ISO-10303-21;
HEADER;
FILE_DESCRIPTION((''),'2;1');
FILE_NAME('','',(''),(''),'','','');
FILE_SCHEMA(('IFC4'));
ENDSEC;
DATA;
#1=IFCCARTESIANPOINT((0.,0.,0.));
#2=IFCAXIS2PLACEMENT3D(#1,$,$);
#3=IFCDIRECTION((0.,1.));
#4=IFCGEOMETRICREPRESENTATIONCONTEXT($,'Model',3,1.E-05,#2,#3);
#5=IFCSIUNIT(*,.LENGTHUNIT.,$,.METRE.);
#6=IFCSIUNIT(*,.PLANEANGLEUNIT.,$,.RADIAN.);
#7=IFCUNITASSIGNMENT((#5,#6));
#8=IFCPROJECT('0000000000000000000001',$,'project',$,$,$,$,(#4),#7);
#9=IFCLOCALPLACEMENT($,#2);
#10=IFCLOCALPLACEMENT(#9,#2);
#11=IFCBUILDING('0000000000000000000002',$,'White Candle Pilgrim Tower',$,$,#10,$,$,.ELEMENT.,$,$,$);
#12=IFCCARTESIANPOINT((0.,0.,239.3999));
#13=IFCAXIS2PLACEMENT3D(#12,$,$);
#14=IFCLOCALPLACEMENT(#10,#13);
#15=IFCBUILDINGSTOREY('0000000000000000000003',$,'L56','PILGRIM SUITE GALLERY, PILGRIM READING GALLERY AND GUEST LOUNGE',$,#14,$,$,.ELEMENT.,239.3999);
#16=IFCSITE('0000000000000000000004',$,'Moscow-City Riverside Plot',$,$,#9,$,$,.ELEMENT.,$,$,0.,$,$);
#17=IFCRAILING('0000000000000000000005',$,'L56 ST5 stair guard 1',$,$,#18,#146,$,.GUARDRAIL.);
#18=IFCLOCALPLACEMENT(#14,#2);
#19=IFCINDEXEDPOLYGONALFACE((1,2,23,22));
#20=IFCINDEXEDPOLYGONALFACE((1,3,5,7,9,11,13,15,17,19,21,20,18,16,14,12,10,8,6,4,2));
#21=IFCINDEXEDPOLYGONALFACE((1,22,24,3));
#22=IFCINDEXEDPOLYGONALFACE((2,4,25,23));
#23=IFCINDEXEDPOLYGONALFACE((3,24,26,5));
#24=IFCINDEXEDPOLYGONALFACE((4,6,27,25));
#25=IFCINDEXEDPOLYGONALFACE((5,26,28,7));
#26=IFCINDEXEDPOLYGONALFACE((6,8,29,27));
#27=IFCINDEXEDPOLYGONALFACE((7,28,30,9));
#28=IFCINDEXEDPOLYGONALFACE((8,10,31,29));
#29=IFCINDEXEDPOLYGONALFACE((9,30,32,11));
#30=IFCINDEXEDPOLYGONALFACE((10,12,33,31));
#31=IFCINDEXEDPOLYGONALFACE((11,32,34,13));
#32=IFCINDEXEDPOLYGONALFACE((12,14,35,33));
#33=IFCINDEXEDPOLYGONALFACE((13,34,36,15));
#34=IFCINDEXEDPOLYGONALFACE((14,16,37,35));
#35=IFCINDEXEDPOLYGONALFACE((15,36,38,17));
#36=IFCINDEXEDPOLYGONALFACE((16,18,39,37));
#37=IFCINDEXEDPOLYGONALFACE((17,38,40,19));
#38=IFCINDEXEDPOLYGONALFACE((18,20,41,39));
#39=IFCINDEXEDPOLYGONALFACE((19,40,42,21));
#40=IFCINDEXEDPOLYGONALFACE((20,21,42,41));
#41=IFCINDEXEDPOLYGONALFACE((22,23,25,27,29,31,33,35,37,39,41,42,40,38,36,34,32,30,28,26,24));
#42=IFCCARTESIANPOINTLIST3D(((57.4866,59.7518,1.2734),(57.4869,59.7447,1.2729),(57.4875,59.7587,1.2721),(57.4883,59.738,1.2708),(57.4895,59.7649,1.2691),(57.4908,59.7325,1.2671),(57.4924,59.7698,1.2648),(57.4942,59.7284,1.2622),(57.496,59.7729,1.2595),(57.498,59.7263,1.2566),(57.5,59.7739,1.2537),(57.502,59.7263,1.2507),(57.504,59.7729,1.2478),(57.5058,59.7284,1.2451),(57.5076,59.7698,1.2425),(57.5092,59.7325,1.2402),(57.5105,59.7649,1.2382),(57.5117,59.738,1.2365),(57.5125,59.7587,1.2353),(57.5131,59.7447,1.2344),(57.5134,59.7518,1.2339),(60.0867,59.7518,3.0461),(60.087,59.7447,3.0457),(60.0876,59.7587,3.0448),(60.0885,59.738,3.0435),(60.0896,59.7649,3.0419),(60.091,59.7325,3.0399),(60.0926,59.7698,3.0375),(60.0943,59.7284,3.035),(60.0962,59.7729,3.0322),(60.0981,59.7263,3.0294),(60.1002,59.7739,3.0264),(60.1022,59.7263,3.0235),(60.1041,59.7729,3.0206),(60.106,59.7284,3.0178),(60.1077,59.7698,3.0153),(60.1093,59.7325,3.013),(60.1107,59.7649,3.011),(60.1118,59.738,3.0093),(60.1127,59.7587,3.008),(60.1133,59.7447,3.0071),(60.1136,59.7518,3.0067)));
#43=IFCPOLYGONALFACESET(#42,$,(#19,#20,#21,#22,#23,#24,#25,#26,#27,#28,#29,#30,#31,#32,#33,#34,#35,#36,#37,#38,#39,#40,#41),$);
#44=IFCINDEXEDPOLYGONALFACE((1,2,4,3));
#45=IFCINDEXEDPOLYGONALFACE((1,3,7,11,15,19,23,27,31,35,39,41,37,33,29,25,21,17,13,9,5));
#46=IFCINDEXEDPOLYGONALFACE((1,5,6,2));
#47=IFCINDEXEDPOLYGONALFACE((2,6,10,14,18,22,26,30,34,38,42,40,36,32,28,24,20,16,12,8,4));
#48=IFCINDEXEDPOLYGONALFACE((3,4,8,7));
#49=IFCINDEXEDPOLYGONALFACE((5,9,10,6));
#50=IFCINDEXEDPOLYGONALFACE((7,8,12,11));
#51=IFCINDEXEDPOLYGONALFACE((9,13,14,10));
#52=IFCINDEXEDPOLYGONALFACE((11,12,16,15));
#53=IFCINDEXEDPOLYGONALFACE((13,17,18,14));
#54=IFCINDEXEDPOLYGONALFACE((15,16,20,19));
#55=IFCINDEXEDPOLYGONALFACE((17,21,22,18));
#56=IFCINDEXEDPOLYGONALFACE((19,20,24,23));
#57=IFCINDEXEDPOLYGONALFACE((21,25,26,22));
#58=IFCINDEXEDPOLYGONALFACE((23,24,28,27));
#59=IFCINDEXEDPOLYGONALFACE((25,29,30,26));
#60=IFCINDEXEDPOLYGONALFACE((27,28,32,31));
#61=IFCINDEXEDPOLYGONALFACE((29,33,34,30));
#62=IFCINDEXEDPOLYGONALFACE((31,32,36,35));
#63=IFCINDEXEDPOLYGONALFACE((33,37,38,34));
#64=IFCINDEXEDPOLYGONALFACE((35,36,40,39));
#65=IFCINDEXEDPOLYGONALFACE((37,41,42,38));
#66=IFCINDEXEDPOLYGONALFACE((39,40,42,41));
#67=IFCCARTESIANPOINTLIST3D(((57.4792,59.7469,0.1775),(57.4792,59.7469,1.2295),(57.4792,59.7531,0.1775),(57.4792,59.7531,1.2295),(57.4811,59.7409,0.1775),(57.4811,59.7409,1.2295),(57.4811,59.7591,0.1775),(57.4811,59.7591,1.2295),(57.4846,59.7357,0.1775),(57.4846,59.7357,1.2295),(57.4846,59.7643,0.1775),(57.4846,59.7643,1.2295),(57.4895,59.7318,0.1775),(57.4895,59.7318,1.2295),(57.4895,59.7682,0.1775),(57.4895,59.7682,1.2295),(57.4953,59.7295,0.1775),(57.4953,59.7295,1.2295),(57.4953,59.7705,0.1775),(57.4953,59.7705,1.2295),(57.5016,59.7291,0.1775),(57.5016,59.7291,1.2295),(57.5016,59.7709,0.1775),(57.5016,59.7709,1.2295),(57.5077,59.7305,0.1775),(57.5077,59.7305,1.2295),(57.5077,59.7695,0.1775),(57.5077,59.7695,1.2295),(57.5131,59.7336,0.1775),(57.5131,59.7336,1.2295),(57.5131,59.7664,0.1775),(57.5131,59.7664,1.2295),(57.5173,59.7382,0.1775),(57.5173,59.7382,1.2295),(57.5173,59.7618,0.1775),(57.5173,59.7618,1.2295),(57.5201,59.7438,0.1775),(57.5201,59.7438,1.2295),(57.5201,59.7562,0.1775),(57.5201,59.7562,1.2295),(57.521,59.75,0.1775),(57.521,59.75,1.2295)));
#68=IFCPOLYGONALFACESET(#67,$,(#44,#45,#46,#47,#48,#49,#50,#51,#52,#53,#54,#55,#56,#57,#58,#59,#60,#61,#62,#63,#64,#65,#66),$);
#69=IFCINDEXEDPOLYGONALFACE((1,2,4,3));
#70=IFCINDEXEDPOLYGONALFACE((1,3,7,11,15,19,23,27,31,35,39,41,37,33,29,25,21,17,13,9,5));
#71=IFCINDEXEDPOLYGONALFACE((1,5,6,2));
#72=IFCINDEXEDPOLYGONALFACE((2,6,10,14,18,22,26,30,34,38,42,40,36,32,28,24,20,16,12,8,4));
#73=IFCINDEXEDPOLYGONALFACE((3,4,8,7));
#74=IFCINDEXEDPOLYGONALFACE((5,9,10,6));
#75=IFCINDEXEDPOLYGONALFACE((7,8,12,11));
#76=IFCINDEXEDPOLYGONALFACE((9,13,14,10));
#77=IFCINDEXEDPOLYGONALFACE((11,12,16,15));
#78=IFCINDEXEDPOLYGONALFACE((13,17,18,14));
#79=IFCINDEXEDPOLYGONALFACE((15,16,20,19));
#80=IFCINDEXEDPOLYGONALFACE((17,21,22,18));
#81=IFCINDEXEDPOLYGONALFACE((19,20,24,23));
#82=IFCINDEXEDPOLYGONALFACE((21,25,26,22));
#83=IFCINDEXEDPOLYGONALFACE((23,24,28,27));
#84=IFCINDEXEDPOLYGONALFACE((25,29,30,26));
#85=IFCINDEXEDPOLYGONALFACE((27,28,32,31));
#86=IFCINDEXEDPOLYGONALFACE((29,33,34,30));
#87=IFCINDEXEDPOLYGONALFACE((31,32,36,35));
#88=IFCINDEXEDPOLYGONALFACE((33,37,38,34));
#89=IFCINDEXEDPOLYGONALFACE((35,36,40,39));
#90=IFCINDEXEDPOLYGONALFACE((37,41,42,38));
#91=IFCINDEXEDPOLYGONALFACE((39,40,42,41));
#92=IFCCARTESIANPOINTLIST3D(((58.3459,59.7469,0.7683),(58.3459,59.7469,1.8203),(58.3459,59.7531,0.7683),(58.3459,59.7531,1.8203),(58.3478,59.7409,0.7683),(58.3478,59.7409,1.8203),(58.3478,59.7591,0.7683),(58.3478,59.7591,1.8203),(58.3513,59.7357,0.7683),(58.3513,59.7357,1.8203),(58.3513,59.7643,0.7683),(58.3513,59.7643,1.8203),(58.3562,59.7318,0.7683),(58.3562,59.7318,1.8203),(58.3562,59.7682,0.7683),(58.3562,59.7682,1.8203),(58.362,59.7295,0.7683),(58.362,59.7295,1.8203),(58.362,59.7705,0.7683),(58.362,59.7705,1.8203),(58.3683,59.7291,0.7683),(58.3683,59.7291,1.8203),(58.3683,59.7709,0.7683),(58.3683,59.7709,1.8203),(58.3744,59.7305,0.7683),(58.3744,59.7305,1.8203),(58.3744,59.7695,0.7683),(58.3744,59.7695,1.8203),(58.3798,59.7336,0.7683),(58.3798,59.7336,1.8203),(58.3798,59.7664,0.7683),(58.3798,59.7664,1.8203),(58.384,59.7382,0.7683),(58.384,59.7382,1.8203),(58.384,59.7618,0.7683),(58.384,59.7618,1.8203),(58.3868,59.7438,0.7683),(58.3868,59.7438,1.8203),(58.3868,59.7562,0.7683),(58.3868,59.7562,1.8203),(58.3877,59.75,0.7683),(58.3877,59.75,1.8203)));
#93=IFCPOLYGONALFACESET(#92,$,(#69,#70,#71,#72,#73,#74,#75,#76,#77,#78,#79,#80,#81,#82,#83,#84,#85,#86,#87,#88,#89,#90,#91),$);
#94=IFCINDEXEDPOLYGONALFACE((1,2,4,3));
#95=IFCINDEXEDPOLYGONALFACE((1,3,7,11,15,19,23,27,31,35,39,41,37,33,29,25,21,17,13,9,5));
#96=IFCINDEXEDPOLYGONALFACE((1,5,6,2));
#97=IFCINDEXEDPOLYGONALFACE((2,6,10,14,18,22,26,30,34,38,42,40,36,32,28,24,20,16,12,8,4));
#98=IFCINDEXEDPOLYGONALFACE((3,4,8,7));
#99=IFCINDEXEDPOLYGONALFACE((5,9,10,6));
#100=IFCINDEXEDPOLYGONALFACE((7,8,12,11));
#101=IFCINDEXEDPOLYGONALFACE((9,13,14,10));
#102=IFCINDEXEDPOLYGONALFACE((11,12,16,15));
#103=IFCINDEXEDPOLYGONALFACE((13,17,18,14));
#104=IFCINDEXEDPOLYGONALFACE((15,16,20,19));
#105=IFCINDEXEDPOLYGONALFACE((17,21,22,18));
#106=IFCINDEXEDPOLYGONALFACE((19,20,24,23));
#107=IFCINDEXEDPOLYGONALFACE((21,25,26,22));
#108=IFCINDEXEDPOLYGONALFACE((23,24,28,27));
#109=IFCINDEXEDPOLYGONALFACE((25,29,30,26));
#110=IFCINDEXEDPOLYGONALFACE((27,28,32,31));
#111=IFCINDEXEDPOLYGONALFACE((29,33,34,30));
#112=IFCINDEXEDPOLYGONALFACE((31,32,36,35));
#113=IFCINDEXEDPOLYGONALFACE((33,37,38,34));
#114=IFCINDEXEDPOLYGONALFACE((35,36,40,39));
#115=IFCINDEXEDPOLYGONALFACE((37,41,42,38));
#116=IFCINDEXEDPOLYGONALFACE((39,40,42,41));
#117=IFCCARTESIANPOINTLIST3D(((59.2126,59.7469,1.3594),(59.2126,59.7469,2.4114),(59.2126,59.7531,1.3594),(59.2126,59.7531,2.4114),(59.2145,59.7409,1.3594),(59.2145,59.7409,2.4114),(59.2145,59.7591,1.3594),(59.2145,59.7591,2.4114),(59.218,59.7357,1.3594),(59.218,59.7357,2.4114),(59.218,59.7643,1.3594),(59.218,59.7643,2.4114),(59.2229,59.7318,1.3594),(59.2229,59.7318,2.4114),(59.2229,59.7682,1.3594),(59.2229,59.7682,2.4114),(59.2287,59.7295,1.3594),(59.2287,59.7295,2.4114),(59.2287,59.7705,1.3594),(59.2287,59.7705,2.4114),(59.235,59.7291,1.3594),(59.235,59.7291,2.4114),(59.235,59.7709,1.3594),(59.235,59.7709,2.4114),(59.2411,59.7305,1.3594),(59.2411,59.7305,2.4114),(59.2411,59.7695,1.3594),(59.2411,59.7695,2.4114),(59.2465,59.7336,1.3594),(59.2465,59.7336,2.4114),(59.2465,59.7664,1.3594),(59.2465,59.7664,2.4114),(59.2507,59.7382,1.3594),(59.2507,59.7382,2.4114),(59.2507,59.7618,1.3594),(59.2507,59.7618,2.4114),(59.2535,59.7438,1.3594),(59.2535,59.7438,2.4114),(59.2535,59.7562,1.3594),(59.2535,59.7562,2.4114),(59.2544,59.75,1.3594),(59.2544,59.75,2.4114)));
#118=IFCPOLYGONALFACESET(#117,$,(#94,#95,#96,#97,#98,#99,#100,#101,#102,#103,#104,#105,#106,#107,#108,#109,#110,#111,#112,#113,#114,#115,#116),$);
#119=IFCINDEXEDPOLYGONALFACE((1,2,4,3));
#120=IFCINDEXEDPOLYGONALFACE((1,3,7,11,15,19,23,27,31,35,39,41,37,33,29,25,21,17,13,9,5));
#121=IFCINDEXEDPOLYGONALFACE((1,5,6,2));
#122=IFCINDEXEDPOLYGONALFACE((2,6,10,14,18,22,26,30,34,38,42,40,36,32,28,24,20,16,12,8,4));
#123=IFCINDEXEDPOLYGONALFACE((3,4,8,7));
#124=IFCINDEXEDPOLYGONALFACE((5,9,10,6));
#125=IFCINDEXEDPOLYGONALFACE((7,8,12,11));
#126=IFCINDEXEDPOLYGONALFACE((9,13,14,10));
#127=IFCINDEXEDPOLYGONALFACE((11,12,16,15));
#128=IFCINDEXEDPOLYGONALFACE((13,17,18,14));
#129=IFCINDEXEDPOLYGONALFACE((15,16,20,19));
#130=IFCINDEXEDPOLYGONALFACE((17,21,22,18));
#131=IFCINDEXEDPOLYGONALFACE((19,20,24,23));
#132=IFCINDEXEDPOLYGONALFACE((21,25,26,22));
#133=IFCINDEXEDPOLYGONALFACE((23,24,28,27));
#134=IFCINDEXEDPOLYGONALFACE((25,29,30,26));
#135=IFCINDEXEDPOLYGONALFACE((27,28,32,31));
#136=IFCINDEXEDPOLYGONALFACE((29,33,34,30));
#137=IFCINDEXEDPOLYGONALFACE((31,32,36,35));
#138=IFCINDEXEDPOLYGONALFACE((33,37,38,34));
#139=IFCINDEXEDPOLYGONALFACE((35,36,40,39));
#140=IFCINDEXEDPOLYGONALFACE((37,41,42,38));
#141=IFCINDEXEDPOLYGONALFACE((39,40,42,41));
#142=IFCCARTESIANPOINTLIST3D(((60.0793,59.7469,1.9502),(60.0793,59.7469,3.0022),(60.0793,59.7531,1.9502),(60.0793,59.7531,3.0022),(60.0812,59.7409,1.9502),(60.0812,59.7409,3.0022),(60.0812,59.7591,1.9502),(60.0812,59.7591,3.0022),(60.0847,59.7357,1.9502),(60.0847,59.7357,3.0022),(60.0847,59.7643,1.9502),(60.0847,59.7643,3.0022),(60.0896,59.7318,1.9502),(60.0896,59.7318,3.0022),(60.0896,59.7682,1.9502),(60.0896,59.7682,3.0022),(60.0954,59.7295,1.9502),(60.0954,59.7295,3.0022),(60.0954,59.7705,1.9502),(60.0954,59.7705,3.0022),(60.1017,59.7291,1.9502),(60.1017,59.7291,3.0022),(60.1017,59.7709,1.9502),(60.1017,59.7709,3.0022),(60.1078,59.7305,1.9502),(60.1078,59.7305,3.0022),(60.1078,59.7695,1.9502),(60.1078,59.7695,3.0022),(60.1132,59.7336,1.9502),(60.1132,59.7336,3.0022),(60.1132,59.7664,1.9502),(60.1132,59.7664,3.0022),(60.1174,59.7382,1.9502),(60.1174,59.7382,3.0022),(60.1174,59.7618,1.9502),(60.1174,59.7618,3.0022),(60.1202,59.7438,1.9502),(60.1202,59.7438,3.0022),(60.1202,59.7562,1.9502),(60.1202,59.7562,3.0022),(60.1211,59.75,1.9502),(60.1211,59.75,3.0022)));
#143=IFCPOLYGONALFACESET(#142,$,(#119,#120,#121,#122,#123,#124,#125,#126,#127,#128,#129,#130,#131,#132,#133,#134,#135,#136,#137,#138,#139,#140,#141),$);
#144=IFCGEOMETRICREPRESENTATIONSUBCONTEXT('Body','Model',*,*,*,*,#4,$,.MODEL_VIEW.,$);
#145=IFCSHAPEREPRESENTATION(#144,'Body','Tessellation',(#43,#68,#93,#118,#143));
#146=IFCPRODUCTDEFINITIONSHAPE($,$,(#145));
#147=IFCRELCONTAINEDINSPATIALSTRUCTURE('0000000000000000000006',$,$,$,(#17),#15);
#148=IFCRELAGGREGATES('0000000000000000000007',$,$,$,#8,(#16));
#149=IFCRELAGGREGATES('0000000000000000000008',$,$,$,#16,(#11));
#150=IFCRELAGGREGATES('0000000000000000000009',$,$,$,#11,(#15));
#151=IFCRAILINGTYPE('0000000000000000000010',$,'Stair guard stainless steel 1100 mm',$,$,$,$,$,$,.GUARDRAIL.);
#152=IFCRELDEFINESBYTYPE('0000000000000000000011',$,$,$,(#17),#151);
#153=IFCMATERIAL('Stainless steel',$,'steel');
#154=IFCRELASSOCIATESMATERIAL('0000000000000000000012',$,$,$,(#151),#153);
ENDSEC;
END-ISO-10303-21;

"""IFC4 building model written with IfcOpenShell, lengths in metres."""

from ifc_helpers import new_model, si_unit, direction, frame, origin, origin_2d, place, context, subcontext, project, spatial, circle, extrude, material, type_object, element, save


model = new_model("IFC4")

# Units and contexts
model_context = context("Model", 3, precision=1e-05, world=origin(), true_north=direction((0.0, 1.0)))
body_context = subcontext(model_context, "Body", "Model", "MODEL_VIEW")
ifc_project = project(units=[si_unit("LENGTHUNIT", "METRE"), si_unit("PLANEANGLEUNIT", "RADIAN")], contexts=[model_context])

# Site, building, storey
site_placement = place(None, origin())
site = spatial("IfcSite", under=ifc_project, at=site_placement, Name="Moscow-City Riverside Plot", CompositionType="ELEMENT", RefElevation=0.0)
building_placement = place(site_placement, origin())
building = spatial("IfcBuilding", under=site, at=building_placement, Name="White Candle Pilgrim Tower", CompositionType="ELEMENT")
storey_placement = place(building_placement, frame((0.0, 0.0, 239.3999)))
storey = spatial("IfcBuildingStorey", under=building, at=storey_placement, Name="L56", Description="PILGRIM SUITE GALLERY, PILGRIM READING GALLERY AND GUEST LOUNGE", CompositionType="ELEMENT", Elevation=239.3999)

# Railing
ifc_material_1 = material(Name="Stainless steel", Category="steel")
railing_type_1 = type_object("IfcRailingType", Name="Stair guard stainless steel 1100 mm", PredefinedType="GUARDRAIL", material=ifc_material_1)
railing_1_placement = place(storey_placement, frame((57.5, 59.75, 0.1775)))
element("IfcRailing", 1, at=railing_1_placement, inside=storey, type_object=railing_type_1, Name="L56 ST5 stair guard 1", PredefinedType="GUARDRAIL", context=body_context, shape_type="SweptSolid", body=[
    extrude(circle(Radius=0.0239, at=origin_2d()), frame((0.0, 0.0, 1.0762), z_axis=(0.82624, 0.0, 0.563318), x_axis=(0.0, 1.0, 0.0)), (0.0, 0.0, 1.0), 3.147),
    extrude(circle(Radius=0.021, at=origin_2d()), origin(), (0.0, 0.0, 1.0), 1.052),
    extrude(circle(Radius=0.021, at=origin_2d()), frame((0.8667, 0.0, 0.5908)), (0.0, 0.0, 1.0), 1.052),
    extrude(circle(Radius=0.021, at=origin_2d()), frame((1.7334, 0.0, 1.1819)), (0.0, 0.0, 1.0), 1.052),
    extrude(circle(Radius=0.021, at=origin_2d()), frame((2.6001, 0.0, 1.7727)), (0.0, 0.0, 1.0), 1.052),
])

save(model, "model.ifc")
